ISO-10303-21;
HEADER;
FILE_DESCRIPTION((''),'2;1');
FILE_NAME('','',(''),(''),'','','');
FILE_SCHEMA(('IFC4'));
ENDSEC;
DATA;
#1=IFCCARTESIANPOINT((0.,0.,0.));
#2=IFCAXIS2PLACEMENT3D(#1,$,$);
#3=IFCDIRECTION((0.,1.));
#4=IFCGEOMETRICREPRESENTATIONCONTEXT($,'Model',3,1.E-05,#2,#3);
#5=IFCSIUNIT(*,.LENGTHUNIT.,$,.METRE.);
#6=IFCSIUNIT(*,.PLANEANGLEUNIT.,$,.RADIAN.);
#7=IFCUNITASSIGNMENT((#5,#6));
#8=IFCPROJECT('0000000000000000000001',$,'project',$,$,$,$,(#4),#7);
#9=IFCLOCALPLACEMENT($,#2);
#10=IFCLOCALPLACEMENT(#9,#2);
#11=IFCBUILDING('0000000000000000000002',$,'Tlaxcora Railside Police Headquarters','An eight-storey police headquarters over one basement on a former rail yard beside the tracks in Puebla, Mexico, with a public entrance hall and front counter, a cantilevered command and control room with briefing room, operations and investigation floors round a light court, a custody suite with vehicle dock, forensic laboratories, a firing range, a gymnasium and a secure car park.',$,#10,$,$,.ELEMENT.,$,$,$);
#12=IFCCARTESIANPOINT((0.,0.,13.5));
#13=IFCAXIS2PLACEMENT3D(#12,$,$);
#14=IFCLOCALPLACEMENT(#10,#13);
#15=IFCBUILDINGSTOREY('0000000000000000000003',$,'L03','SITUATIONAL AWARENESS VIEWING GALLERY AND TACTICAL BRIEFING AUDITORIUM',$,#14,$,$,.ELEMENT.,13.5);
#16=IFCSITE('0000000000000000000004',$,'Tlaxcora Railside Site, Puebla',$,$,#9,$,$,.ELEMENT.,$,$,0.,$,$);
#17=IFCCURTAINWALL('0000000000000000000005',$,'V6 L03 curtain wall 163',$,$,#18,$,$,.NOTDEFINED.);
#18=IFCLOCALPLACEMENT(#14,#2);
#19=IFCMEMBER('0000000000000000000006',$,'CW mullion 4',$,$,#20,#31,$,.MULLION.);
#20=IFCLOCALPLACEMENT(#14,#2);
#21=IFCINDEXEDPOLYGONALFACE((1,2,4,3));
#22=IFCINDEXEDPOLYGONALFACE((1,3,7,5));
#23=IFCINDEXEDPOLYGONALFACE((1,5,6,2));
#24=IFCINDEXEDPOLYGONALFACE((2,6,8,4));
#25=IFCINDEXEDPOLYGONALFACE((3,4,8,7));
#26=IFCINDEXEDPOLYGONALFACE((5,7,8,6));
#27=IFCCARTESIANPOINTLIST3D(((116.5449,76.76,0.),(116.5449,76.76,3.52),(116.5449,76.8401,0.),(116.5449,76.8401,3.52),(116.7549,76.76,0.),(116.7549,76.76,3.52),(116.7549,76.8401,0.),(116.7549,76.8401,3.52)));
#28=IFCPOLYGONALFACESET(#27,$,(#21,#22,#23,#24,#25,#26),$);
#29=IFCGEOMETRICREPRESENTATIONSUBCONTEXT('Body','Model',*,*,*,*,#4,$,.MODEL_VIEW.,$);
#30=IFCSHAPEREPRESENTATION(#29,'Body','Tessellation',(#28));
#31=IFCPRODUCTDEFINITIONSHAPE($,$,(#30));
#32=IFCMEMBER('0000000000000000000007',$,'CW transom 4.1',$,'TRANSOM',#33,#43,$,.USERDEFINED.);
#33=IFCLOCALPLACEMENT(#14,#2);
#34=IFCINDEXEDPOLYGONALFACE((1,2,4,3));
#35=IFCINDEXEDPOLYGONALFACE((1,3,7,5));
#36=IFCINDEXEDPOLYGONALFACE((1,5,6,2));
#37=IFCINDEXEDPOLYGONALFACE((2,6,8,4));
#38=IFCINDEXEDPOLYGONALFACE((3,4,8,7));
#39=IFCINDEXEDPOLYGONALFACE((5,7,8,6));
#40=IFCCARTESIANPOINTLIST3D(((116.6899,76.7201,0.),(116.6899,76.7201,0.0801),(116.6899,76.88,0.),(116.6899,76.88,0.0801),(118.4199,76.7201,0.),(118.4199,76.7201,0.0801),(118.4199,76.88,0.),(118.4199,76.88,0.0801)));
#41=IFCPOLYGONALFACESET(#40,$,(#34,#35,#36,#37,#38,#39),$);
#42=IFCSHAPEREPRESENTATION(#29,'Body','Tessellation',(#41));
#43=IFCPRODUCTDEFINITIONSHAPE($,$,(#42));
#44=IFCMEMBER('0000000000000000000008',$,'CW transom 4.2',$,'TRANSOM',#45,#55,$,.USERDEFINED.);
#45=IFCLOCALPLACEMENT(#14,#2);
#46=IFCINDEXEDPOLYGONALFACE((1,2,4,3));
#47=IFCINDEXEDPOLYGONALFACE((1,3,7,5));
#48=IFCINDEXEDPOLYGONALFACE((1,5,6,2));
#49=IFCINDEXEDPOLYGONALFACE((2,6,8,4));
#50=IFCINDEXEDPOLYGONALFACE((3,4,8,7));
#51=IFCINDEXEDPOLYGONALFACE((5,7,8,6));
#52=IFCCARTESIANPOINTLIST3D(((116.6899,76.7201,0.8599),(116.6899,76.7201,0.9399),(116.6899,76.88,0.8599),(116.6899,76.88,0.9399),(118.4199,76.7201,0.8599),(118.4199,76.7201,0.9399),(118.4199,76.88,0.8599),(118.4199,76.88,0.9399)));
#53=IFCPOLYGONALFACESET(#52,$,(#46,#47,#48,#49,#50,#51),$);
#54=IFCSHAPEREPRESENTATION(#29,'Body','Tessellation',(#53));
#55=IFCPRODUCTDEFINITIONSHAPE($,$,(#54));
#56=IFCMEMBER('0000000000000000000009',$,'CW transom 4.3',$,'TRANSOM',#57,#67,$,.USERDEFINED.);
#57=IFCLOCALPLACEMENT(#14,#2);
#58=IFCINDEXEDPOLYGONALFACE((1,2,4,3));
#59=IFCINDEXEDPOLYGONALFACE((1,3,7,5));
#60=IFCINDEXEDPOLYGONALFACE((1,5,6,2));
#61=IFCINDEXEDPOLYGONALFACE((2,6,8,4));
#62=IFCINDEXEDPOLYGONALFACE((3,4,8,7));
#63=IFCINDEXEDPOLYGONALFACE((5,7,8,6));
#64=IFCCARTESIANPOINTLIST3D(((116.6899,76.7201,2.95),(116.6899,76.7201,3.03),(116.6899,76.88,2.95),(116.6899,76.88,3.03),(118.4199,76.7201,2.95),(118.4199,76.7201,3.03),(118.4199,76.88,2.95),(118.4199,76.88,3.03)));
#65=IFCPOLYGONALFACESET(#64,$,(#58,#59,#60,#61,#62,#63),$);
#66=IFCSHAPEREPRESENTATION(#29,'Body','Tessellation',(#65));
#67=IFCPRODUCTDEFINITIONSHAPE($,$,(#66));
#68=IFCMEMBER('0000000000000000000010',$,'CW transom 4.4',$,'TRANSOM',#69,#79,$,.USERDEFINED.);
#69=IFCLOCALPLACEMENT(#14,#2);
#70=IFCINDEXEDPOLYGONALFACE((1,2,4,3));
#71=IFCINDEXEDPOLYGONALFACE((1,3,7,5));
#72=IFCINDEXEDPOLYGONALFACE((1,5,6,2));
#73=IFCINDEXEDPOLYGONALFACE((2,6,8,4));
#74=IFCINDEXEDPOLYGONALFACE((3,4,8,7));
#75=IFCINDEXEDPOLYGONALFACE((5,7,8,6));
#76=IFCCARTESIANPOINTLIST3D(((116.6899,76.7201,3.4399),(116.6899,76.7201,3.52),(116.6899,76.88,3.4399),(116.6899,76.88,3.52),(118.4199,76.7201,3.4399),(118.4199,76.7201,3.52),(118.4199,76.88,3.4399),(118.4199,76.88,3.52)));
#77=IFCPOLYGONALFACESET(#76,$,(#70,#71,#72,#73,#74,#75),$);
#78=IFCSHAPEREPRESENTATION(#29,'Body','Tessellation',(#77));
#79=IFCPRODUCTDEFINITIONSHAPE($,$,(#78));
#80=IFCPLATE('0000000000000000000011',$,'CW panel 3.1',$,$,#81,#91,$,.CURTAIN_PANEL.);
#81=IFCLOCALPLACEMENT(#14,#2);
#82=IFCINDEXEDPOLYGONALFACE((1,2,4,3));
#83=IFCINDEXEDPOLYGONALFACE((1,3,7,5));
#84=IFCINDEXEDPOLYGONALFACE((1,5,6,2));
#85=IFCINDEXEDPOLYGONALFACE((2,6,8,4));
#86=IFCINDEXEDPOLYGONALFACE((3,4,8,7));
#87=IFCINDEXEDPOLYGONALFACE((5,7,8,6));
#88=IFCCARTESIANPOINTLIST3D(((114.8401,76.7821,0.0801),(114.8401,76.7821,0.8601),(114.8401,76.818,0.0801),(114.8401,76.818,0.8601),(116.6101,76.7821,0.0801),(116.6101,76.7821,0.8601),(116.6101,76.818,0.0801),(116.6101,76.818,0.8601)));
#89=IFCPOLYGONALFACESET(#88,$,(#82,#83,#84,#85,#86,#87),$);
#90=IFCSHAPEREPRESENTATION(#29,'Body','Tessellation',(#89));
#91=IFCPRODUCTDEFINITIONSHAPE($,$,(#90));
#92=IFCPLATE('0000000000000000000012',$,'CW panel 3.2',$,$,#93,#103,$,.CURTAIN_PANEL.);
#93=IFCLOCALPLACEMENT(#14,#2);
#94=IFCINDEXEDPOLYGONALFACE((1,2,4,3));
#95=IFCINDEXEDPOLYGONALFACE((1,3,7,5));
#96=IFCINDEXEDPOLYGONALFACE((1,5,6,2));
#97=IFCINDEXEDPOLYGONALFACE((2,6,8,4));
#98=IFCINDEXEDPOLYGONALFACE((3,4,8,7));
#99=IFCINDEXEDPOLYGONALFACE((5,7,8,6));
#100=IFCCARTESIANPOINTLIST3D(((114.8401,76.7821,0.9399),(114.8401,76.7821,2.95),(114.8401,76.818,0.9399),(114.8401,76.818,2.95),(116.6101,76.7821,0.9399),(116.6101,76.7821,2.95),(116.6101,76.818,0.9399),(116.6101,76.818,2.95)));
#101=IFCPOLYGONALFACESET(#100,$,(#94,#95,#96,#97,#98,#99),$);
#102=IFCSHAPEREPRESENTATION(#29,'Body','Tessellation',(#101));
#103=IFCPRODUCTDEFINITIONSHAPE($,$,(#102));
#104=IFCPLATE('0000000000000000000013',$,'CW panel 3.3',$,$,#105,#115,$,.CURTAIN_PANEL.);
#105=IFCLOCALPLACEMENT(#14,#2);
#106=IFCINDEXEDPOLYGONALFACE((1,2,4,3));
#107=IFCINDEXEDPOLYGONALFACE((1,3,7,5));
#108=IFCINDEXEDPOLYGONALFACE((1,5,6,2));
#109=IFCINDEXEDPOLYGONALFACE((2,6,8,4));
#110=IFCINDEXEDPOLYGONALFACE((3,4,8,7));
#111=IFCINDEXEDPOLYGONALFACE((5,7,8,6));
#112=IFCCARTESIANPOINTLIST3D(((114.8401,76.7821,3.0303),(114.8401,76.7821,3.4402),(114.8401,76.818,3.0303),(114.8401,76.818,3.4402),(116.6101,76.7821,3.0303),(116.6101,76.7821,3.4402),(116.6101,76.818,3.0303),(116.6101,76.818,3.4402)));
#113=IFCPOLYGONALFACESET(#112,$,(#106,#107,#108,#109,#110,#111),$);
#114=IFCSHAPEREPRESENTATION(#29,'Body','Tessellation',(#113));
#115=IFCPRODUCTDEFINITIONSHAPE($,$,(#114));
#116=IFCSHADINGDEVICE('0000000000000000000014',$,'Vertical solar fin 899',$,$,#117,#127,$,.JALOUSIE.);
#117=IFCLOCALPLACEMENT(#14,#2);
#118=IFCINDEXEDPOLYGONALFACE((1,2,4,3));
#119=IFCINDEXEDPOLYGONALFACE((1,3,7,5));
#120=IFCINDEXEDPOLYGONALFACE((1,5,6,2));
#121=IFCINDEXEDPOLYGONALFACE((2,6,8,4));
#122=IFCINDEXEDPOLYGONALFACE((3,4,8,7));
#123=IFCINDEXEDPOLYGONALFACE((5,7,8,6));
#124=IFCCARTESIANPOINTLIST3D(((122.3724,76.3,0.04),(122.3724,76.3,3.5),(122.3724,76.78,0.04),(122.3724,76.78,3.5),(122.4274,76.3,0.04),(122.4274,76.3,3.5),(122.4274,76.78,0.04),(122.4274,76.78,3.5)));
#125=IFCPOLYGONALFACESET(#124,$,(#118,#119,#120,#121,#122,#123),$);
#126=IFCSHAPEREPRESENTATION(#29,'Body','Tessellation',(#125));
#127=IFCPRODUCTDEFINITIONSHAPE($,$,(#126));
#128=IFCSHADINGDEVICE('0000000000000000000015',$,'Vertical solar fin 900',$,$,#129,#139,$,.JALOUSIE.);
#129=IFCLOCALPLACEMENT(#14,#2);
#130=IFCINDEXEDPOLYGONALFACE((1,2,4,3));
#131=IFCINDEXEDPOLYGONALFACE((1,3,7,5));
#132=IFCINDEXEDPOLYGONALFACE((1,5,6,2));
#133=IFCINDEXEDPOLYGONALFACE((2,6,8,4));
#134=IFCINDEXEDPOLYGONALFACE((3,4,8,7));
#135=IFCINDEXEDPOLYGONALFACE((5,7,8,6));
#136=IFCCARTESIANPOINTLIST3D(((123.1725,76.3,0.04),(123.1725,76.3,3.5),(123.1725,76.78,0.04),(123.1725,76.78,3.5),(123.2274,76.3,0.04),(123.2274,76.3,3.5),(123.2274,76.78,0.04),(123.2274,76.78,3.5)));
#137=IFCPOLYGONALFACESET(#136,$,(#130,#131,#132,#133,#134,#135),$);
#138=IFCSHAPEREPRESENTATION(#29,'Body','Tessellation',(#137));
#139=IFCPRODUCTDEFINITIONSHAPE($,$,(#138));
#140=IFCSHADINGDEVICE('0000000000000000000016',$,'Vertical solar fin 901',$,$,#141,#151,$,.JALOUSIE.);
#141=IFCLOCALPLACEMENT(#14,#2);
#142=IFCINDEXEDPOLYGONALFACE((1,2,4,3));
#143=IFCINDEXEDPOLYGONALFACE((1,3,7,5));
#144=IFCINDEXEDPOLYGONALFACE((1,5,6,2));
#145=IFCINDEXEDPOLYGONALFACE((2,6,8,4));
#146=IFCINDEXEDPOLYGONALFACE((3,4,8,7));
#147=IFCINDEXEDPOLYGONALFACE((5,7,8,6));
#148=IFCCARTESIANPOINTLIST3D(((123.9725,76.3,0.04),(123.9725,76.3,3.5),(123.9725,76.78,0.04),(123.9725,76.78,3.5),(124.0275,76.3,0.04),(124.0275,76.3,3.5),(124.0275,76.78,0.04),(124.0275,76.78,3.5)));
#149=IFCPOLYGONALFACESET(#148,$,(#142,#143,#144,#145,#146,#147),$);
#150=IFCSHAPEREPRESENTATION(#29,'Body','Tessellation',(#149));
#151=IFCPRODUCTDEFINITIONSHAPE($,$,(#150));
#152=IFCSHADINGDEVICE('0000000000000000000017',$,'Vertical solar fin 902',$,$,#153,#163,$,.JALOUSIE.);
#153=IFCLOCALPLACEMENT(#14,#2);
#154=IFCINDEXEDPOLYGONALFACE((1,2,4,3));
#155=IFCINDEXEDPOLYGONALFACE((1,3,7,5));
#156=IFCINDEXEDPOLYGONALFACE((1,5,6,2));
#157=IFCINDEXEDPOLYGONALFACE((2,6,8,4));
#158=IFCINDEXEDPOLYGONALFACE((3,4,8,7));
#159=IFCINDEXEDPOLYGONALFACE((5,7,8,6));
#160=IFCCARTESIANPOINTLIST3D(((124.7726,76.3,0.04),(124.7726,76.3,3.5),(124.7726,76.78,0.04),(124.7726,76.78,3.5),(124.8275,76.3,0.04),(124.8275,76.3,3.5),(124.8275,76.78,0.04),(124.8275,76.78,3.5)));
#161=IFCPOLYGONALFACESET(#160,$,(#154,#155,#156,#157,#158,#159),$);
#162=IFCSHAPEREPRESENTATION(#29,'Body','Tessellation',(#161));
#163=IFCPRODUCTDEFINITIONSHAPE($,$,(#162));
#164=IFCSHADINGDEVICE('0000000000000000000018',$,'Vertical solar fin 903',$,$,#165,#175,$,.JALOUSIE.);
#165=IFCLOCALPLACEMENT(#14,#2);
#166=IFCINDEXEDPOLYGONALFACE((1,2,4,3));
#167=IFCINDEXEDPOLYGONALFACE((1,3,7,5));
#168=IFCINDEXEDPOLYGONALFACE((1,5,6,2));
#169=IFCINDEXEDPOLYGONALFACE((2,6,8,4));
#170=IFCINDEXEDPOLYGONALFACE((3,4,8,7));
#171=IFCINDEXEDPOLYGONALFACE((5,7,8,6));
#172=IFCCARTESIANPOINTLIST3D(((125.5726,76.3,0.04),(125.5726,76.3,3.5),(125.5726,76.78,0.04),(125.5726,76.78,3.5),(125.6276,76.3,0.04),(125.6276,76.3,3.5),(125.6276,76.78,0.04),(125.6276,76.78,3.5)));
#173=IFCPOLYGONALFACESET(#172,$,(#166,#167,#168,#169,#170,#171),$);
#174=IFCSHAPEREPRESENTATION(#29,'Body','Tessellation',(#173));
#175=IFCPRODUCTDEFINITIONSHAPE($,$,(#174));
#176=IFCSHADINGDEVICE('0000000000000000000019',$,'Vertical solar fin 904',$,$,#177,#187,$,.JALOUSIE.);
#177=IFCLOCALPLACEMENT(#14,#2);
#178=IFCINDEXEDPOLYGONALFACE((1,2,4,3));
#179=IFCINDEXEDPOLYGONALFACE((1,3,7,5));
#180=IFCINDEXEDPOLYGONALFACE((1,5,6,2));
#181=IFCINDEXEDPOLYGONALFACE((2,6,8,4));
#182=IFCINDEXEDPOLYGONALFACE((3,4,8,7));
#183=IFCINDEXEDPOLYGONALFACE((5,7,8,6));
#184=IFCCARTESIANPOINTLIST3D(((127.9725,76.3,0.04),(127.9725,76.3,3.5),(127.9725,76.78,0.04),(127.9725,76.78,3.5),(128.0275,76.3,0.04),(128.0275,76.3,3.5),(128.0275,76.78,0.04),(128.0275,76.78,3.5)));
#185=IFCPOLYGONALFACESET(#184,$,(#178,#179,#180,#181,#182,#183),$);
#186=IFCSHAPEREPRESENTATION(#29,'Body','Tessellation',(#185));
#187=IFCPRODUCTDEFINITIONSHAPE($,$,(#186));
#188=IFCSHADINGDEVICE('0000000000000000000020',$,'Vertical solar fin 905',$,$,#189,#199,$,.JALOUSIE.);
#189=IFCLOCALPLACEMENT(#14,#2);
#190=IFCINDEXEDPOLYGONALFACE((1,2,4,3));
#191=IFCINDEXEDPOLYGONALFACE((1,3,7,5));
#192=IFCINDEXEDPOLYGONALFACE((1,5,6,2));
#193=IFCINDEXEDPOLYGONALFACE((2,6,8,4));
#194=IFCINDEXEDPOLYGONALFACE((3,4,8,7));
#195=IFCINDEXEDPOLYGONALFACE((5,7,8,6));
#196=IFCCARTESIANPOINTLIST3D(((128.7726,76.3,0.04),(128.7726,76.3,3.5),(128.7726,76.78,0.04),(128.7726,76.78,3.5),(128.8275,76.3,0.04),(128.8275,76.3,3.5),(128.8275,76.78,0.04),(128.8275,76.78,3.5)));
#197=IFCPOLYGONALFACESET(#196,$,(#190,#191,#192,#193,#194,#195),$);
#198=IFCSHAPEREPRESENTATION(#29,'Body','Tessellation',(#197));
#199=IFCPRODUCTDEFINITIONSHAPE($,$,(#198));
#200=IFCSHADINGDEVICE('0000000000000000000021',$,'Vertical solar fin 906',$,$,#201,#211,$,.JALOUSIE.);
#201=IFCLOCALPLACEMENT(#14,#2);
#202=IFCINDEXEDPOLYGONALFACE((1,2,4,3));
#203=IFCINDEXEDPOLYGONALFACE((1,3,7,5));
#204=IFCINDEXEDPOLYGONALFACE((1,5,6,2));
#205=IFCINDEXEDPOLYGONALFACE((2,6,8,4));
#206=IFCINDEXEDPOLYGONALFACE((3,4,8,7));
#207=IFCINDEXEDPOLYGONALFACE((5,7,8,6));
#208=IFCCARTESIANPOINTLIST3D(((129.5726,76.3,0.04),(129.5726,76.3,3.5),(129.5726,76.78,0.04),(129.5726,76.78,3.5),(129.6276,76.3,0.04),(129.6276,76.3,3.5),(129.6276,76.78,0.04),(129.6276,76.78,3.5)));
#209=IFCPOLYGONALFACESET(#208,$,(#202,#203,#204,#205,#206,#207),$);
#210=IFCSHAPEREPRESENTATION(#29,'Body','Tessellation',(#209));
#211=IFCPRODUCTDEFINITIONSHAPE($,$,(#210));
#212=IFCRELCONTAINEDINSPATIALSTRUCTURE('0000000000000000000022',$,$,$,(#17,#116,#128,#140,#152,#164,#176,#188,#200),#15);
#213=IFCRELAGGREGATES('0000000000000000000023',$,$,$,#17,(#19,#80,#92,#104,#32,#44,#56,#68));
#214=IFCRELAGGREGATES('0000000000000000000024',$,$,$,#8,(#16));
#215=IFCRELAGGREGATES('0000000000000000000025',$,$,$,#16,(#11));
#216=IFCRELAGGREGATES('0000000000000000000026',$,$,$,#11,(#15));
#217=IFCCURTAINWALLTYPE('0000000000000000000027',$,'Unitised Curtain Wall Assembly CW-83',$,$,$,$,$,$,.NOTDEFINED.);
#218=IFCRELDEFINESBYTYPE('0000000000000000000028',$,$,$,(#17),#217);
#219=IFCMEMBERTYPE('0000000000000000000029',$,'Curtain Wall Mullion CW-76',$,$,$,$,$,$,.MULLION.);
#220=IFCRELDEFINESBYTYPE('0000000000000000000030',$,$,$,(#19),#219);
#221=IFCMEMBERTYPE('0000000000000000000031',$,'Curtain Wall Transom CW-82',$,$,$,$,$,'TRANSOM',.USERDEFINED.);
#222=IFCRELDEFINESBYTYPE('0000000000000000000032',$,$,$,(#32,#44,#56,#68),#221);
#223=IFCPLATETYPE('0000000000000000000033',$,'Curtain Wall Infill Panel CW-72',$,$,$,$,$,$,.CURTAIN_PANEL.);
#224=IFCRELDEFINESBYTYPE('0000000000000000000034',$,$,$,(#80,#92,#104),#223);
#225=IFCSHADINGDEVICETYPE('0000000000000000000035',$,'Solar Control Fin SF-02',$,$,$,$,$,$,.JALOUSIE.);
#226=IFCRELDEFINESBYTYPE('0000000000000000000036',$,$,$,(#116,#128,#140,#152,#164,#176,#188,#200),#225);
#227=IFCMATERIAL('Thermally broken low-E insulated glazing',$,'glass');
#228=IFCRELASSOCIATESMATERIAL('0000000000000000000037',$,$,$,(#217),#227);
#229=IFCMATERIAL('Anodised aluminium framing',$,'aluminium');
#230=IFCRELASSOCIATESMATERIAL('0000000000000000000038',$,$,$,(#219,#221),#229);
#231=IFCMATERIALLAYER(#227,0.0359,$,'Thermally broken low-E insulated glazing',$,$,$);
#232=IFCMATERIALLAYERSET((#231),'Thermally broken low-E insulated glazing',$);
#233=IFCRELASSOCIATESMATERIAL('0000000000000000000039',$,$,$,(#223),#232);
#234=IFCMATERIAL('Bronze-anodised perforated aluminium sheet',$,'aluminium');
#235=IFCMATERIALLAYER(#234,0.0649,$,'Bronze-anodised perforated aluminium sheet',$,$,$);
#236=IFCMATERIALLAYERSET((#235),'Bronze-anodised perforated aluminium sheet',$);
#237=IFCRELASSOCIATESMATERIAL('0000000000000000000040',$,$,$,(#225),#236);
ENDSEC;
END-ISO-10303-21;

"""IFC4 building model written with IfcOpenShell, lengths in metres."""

from ifc_helpers import new_model, si_unit, direction, frame, origin, origin_2d, place, context, subcontext, project, spatial, rectangle, extrude, material, layer, layer_set, material_profile, profile_set, type_object, element, aggregate, save


model = new_model("IFC4")

# Units and contexts
model_context = context("Model", 3, precision=1e-05, world=origin(), true_north=direction((0.0, 1.0)))
body_context = subcontext(model_context, "Body", "Model", "MODEL_VIEW")
ifc_project = project(units=[si_unit("LENGTHUNIT", "METRE"), si_unit("PLANEANGLEUNIT", "RADIAN")], contexts=[model_context])

# Site, building, storey
site_placement = place(None, origin())
site = spatial("IfcSite", under=ifc_project, at=site_placement, Name="Tlaxcora Railside Site, Puebla", CompositionType="ELEMENT", RefElevation=0.0)
building_placement = place(site_placement, origin())
building = spatial("IfcBuilding", under=site, at=building_placement, Name="Tlaxcora Railside Police Headquarters", Description="An eight-storey police headquarters over one basement on a former rail yard beside the tracks in Puebla, Mexico, with a public entrance hall and front counter, a cantilevered command and control room with briefing room, operations and investigation floors round a light court, a custody suite with vehicle dock, forensic laboratories, a firing range, a gymnasium and a secure car park.", CompositionType="ELEMENT")
storey_placement = place(building_placement, frame((0.0, 0.0, 13.5)))
storey = spatial("IfcBuildingStorey", under=building, at=storey_placement, Name="L03", Description="SITUATIONAL AWARENESS VIEWING GALLERY AND TACTICAL BRIEFING AUDITORIUM", CompositionType="ELEMENT", Elevation=13.5)

# Curtain wall, members, plates
ifc_material_1 = material(Name="Thermally broken low-E insulated glazing", Category="glass")
curtain_wall_type = type_object("IfcCurtainWallType", Name="Unitised Curtain Wall Assembly CW-83", PredefinedType="NOTDEFINED", material=ifc_material_1)
curtain_wall_placement = place(storey_placement, origin())
curtain_wall = element("IfcCurtainWall", 1, at=curtain_wall_placement, inside=storey, type_object=curtain_wall_type, Name="V6 L03 curtain wall 163", PredefinedType="NOTDEFINED")
ifc_material_2 = material(Name="Anodised aluminium framing", Category="aluminium")
ifc_material_profile_1 = material_profile(ifc_material_2, rectangle(XDim=0.0801, YDim=0.21, at=origin_2d()), Name="AL80X210")
ifc_profile_set_1 = profile_set([ifc_material_profile_1], Name="Anodised aluminium framing")
member_type_1 = type_object("IfcMemberType", Name="Curtain Wall Mullion CW-76", PredefinedType="MULLION", material=ifc_profile_set_1)
member_1_placement = place(storey_placement, frame((116.6499, 76.8, 0.0), z_axis=(0.0, 0.0, 1.0), x_axis=(0.0, 1.0, 0.0)))
member_1 = element("IfcMember", 2, at=member_1_placement, type_object=member_type_1, Name="CW mullion 4", PredefinedType="MULLION", context=body_context, shape_type="SweptSolid", body=[
    extrude(rectangle(XDim=0.0801, YDim=0.21, at=origin_2d()), origin(), (0.0, 0.0, 1.0), 3.52),
])
ifc_material_profile_2 = material_profile(ifc_material_2, rectangle(XDim=0.1599, YDim=0.0801, at=origin_2d()), Name="AL80X160")
ifc_profile_set_2 = profile_set([ifc_material_profile_2], Name="Anodised aluminium framing")
member_type_2 = type_object("IfcMemberType", Name="Curtain Wall Transom CW-82", ElementType="TRANSOM", PredefinedType="USERDEFINED", material=ifc_profile_set_2)
member_2_placement = place(storey_placement, frame((116.6899, 76.8, 0.04), z_axis=(1.0, 0.0, 0.0), x_axis=(0.0, 1.0, 0.0)))
member_2 = element("IfcMember", 3, at=member_2_placement, type_object=member_type_2, Name="CW transom 4.1", ObjectType="TRANSOM", PredefinedType="USERDEFINED", context=body_context, shape_type="SweptSolid", body=[
    extrude(rectangle(XDim=0.1599, YDim=0.0801, at=origin_2d()), origin(), (0.0, 0.0, 1.0), 1.73),
])
member_3_placement = place(storey_placement, frame((116.6899, 76.8, 0.8999), z_axis=(1.0, 0.0, 0.0), x_axis=(0.0, 1.0, 0.0)))
member_3 = element("IfcMember", 4, at=member_3_placement, type_object=member_type_2, Name="CW transom 4.2", ObjectType="TRANSOM", PredefinedType="USERDEFINED", context=body_context, shape_type="SweptSolid", body=[
    extrude(rectangle(XDim=0.1599, YDim=0.0801, at=origin_2d()), origin(), (0.0, 0.0, 1.0), 1.73),
])
member_4_placement = place(storey_placement, frame((116.6899, 76.8, 2.99), z_axis=(1.0, 0.0, 0.0), x_axis=(0.0, 1.0, 0.0)))
member_4 = element("IfcMember", 5, at=member_4_placement, type_object=member_type_2, Name="CW transom 4.3", ObjectType="TRANSOM", PredefinedType="USERDEFINED", context=body_context, shape_type="SweptSolid", body=[
    extrude(rectangle(XDim=0.1599, YDim=0.0801, at=origin_2d()), origin(), (0.0, 0.0, 1.0), 1.73),
])
member_5_placement = place(storey_placement, frame((116.6899, 76.8, 3.48), z_axis=(1.0, 0.0, 0.0), x_axis=(0.0, 1.0, 0.0)))
member_5 = element("IfcMember", 6, at=member_5_placement, type_object=member_type_2, Name="CW transom 4.4", ObjectType="TRANSOM", PredefinedType="USERDEFINED", context=body_context, shape_type="SweptSolid", body=[
    extrude(rectangle(XDim=0.1599, YDim=0.0801, at=origin_2d()), origin(), (0.0, 0.0, 1.0), 1.73),
])
ifc_layer_1 = layer(ifc_material_1, 0.0359, Name="Thermally broken low-E insulated glazing")
ifc_layer_set_1 = layer_set([ifc_layer_1], Name="Thermally broken low-E insulated glazing")
plate_type = type_object("IfcPlateType", Name="Curtain Wall Infill Panel CW-72", PredefinedType="CURTAIN_PANEL", material=ifc_layer_set_1)
plate_1_placement = place(storey_placement, frame((115.7251, 76.8, 0.0801), z_axis=(0.0, 0.0, 1.0), x_axis=(1.0, 0.0, 0.0)))
plate_1 = element("IfcPlate", 7, at=plate_1_placement, type_object=plate_type, Name="CW panel 3.1", PredefinedType="CURTAIN_PANEL", context=body_context, shape_type="SweptSolid", body=[
    extrude(rectangle(XDim=1.77, YDim=0.0359, at=origin_2d()), origin(), (0.0, 0.0, 1.0), 0.78),
])
plate_2_placement = place(storey_placement, frame((115.7251, 76.8, 0.9399), z_axis=(0.0, 0.0, 1.0), x_axis=(1.0, 0.0, 0.0)))
plate_2 = element("IfcPlate", 8, at=plate_2_placement, type_object=plate_type, Name="CW panel 3.2", PredefinedType="CURTAIN_PANEL", context=body_context, shape_type="SweptSolid", body=[
    extrude(rectangle(XDim=1.77, YDim=0.0359, at=origin_2d()), origin(), (0.0, 0.0, 1.0), 2.01),
])
plate_3_placement = place(storey_placement, frame((115.7251, 76.8, 3.0303), z_axis=(0.0, 0.0, 1.0), x_axis=(1.0, 0.0, 0.0)))
plate_3 = element("IfcPlate", 9, at=plate_3_placement, type_object=plate_type, Name="CW panel 3.3", PredefinedType="CURTAIN_PANEL", context=body_context, shape_type="SweptSolid", body=[
    extrude(rectangle(XDim=1.77, YDim=0.0359, at=origin_2d()), origin(), (0.0, 0.0, 1.0), 0.4099),
])
aggregate(curtain_wall, [member_1, plate_1, plate_2, plate_3, member_2, member_3, member_4, member_5])

# Shading devices
ifc_material_3 = material(Name="Bronze-anodised perforated aluminium sheet", Category="aluminium")
ifc_layer_2 = layer(ifc_material_3, 0.0649, Name="Bronze-anodised perforated aluminium sheet")
ifc_layer_set_2 = layer_set([ifc_layer_2], Name="Bronze-anodised perforated aluminium sheet")
shading_device_type = type_object("IfcShadingDeviceType", Name="Solar Control Fin SF-02", PredefinedType="JALOUSIE", material=ifc_layer_set_2)
for number, where, z_axis, x_axis, name in (
    (10, (122.3999, 76.54, 0.04), (0.0, 0.0, 1.0), (0.0, -1.0, 0.0), "Vertical solar fin 899"),
    (11, (123.2, 76.54, 0.04), (0.0, 0.0, 1.0), (0.0, -1.0, 0.0), "Vertical solar fin 900"),
    (12, (124.0, 76.54, 0.04), (0.0, 0.0, 1.0), (0.0, -1.0, 0.0), "Vertical solar fin 901"),
    (13, (124.8, 76.54, 0.04), (0.0, 0.0, 1.0), (0.0, -1.0, 0.0), "Vertical solar fin 902"),
    (14, (125.6001, 76.54, 0.04), (0.0, 0.0, 1.0), (0.0, -1.0, 0.0), "Vertical solar fin 903"),
    (15, (128.0, 76.54, 0.04), (0.0, 0.0, 1.0), (0.0, -1.0, 0.0), "Vertical solar fin 904"),
    (16, (128.8, 76.54, 0.04), (0.0, 0.0, 1.0), (0.0, -1.0, 0.0), "Vertical solar fin 905"),
    (17, (129.6001, 76.54, 0.04), (0.0, 0.0, 1.0), (0.0, -1.0, 0.0), "Vertical solar fin 906"),
):
    element("IfcShadingDevice", number, at=place(storey_placement, frame(where, z_axis=z_axis, x_axis=x_axis)), inside=storey, type_object=shading_device_type, Name=name, PredefinedType="JALOUSIE", context=body_context, shape_type="SweptSolid", body=[
        extrude(rectangle(XDim=0.48, YDim=0.0549, at=origin_2d()), origin(), (0.0, 0.0, 1.0), 3.46),
    ])

save(model, "model.ifc")
